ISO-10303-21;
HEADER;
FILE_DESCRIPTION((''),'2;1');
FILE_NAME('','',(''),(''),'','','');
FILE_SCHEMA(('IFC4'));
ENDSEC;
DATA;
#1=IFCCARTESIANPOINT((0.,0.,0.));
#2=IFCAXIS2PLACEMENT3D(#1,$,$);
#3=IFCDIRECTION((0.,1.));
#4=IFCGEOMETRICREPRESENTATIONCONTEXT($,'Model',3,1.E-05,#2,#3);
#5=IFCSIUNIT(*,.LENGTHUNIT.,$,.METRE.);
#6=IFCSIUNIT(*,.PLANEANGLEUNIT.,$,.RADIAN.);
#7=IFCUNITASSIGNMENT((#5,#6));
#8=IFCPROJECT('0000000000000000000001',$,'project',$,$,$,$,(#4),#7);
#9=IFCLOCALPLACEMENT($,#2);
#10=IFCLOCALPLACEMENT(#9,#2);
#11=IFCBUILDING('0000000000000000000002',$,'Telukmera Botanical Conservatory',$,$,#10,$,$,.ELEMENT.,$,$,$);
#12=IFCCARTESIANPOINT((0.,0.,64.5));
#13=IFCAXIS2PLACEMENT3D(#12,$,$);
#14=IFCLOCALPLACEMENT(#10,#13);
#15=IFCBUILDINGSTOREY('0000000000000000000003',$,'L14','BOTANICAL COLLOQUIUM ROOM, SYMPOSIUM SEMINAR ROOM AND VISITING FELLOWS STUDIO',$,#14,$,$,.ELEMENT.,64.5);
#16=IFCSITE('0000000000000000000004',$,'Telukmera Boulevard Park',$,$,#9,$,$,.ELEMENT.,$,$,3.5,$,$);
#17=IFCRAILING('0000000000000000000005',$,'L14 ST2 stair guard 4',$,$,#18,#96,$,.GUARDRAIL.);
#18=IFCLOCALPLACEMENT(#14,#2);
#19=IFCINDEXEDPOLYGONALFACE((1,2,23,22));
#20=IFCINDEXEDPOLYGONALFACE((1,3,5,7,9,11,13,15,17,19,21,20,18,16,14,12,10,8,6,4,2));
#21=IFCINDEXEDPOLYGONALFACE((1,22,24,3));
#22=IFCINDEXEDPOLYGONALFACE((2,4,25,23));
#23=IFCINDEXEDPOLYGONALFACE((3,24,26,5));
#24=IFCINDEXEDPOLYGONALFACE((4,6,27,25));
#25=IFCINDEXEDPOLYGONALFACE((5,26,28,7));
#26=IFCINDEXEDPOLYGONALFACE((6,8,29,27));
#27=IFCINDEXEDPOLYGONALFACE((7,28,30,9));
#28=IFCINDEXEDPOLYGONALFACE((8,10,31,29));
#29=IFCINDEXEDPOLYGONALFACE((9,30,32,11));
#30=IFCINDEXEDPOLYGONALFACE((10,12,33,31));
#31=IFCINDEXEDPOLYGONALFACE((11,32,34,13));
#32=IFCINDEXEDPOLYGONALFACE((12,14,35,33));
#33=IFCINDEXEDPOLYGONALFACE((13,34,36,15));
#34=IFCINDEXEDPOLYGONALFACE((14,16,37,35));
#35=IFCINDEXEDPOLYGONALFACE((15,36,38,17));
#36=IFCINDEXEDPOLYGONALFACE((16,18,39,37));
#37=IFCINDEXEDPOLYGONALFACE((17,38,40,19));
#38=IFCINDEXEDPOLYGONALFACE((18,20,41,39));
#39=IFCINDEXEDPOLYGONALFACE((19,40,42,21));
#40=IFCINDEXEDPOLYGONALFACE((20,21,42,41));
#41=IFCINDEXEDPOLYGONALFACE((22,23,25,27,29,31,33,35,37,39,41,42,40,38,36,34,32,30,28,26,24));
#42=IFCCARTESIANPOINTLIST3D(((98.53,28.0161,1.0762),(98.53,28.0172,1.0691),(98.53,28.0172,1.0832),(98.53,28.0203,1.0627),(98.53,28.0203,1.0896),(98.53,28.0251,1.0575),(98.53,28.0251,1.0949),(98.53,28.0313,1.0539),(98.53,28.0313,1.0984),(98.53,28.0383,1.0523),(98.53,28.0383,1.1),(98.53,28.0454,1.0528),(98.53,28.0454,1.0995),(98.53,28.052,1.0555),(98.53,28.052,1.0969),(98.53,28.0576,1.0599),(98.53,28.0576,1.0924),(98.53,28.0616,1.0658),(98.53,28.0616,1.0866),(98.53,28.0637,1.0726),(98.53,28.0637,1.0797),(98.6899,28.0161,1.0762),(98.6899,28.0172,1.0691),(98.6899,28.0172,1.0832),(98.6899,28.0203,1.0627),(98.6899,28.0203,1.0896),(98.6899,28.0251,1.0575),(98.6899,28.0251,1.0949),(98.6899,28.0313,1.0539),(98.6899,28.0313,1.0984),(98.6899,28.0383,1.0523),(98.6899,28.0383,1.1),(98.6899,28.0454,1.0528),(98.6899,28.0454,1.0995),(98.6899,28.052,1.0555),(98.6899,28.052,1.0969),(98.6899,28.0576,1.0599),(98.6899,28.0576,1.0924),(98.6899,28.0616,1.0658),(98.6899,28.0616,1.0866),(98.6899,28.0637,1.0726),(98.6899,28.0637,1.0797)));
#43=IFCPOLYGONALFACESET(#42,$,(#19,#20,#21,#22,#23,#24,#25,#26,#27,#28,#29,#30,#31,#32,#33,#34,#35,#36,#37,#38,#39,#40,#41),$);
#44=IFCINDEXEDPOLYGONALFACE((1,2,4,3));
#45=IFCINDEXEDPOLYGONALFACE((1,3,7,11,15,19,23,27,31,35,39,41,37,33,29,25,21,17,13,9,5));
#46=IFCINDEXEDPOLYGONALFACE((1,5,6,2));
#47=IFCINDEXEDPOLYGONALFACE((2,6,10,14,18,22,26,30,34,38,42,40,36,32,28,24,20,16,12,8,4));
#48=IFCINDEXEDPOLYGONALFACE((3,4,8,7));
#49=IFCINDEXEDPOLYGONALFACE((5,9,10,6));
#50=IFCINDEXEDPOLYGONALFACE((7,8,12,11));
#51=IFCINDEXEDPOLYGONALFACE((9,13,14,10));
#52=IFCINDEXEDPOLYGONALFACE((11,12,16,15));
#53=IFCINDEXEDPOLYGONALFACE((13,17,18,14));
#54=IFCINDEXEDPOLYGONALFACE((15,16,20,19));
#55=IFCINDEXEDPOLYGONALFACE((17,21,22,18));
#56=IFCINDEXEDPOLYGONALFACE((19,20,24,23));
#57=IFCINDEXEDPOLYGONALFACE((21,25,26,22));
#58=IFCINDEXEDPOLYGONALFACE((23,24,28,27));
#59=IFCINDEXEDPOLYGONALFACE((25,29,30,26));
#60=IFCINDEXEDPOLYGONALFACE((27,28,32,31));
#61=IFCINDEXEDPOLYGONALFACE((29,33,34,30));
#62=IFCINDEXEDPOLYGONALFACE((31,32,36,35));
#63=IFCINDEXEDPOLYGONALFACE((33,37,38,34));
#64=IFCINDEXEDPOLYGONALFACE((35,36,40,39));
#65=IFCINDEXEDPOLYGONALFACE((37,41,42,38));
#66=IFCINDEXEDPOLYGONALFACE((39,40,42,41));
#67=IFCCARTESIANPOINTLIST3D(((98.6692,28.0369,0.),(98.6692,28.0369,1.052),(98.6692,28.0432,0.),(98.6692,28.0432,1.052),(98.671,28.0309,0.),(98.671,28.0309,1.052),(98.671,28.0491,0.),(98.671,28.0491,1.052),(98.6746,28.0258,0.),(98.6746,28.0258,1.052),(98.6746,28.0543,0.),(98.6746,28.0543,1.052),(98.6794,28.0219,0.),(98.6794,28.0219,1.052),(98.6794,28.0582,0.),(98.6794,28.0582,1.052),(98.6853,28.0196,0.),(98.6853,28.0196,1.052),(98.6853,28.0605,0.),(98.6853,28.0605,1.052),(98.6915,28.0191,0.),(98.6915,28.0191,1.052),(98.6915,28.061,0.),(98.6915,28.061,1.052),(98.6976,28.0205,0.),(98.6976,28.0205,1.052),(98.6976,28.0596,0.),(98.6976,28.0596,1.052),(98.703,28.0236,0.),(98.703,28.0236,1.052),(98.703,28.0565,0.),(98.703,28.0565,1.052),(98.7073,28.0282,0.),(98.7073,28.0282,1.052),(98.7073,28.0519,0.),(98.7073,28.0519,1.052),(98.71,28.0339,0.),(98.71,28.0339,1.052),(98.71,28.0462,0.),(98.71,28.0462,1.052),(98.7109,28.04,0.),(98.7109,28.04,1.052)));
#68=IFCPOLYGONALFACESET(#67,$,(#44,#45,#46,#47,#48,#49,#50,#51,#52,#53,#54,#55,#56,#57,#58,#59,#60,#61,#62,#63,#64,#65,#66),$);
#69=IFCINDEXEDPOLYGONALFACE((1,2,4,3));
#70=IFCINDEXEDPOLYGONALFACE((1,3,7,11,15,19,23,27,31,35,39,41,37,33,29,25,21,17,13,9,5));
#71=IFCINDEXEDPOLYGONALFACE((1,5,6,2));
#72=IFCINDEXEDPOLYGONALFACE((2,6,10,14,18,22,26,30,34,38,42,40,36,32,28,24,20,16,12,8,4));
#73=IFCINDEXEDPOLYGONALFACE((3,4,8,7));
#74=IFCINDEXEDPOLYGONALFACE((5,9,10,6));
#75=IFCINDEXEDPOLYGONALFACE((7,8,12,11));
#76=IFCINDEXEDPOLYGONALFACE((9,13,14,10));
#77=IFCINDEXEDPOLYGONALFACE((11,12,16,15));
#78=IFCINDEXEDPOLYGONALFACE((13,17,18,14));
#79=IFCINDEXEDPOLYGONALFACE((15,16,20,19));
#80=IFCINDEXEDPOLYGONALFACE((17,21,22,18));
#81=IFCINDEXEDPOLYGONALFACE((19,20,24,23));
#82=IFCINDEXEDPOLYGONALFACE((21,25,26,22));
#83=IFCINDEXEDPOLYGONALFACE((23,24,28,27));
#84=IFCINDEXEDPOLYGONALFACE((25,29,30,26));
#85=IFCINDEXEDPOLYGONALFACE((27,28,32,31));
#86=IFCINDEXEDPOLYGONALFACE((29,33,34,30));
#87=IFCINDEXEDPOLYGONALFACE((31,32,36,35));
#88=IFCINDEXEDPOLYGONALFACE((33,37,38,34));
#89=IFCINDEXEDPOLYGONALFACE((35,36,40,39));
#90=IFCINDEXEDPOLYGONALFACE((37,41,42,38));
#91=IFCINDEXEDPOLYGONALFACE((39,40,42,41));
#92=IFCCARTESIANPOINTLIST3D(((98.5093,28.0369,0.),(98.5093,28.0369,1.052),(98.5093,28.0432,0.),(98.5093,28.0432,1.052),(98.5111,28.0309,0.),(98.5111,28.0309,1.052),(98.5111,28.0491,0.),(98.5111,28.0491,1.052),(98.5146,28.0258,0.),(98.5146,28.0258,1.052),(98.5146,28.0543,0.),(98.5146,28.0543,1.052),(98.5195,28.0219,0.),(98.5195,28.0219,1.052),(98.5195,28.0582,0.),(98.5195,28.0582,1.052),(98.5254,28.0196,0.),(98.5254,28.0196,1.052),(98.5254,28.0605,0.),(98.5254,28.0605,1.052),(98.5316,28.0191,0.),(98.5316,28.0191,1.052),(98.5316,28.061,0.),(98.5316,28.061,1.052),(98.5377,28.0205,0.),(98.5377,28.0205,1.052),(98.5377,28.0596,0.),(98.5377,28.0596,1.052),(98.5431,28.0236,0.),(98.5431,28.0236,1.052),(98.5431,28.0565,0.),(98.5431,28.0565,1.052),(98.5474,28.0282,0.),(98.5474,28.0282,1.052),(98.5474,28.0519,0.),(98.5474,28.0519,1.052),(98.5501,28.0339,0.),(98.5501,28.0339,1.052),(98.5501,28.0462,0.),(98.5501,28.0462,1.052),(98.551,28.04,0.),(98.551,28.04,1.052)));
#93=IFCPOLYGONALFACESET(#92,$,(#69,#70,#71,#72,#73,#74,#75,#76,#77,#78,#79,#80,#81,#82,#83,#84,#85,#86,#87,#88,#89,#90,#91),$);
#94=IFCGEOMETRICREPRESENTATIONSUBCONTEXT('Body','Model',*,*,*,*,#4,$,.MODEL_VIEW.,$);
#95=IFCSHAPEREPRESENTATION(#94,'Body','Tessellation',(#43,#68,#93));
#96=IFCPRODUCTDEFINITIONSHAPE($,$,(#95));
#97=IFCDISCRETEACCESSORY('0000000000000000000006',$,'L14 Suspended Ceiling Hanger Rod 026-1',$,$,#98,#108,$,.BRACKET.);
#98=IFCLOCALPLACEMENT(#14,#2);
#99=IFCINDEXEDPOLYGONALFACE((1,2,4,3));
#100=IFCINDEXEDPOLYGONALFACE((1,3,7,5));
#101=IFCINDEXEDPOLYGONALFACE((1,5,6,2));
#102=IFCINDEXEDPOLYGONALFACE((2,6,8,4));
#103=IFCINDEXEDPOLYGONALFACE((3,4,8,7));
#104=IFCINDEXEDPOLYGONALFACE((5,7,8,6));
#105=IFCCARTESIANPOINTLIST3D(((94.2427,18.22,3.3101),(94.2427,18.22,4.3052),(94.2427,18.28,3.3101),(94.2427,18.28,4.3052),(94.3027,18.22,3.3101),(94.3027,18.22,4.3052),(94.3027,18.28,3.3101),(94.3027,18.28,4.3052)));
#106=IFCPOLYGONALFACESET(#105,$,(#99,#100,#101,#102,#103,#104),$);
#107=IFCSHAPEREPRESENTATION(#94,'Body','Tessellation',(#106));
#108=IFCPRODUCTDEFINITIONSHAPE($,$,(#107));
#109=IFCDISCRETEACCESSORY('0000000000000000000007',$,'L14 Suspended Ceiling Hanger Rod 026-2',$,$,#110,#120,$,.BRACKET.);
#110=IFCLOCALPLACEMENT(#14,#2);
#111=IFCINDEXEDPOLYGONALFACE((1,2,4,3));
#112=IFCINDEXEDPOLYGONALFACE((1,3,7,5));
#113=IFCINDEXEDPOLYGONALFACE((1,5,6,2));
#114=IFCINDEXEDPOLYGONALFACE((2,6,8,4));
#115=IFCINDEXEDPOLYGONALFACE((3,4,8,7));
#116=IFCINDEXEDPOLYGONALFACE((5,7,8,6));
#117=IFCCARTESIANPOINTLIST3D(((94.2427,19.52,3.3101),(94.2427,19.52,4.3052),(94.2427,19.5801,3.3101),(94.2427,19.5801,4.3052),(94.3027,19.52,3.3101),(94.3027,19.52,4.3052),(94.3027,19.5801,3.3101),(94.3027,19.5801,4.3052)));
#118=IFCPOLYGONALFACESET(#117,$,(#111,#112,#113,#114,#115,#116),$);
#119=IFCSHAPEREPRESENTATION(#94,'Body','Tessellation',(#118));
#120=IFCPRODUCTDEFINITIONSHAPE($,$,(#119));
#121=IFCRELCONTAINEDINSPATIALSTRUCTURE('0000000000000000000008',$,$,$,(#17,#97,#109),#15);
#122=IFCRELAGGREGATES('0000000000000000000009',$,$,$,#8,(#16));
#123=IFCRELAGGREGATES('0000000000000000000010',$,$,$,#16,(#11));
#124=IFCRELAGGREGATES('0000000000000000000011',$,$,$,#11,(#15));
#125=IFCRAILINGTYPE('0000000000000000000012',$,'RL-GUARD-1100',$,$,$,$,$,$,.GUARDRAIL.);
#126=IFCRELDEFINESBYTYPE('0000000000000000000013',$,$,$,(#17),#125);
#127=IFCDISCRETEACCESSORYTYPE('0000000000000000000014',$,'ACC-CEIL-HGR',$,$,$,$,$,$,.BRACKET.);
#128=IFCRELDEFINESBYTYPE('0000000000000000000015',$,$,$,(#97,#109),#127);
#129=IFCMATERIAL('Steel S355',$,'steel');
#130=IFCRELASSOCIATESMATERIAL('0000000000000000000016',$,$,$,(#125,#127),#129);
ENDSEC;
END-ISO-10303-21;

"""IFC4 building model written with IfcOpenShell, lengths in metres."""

from ifc_helpers import new_model, si_unit, direction, frame, origin, origin_2d, place, context, subcontext, project, spatial, rectangle, circle, extrude, material, type_object, element, save


model = new_model("IFC4")

# Units and contexts
model_context = context("Model", 3, precision=1e-05, world=origin(), true_north=direction((0.0, 1.0)))
body_context = subcontext(model_context, "Body", "Model", "MODEL_VIEW")
ifc_project = project(units=[si_unit("LENGTHUNIT", "METRE"), si_unit("PLANEANGLEUNIT", "RADIAN")], contexts=[model_context])

# Site, building, storey
site_placement = place(None, origin())
site = spatial("IfcSite", under=ifc_project, at=site_placement, Name="Telukmera Boulevard Park", CompositionType="ELEMENT", RefElevation=3.5)
building_placement = place(site_placement, origin())
building = spatial("IfcBuilding", under=site, at=building_placement, Name="Telukmera Botanical Conservatory", CompositionType="ELEMENT")
storey_placement = place(building_placement, frame((0.0, 0.0, 64.5)))
storey = spatial("IfcBuildingStorey", under=building, at=storey_placement, Name="L14", Description="BOTANICAL COLLOQUIUM ROOM, SYMPOSIUM SEMINAR ROOM AND VISITING FELLOWS STUDIO", CompositionType="ELEMENT", Elevation=64.5)

# Railing
ifc_material_1 = material(Name="Steel S355", Category="steel")
railing_type = type_object("IfcRailingType", Name="RL-GUARD-1100", PredefinedType="GUARDRAIL", material=ifc_material_1)
railing_placement = place(storey_placement, frame((98.6899, 28.04, 0.0)))
element("IfcRailing", 1, at=railing_placement, inside=storey, type_object=railing_type, Name="L14 ST2 stair guard 4", PredefinedType="GUARDRAIL", context=body_context, shape_type="SweptSolid", body=[
    extrude(circle(Radius=0.0239, at=origin_2d()), frame((0.0, 0.0, 1.0762), z_axis=(-1.0, 0.0, 0.0), x_axis=(0.0, -1.0, 0.0)), (0.0, 0.0, 1.0), 0.1599),
    extrude(circle(Radius=0.021, at=origin_2d()), origin(), (0.0, 0.0, 1.0), 1.052),
    extrude(circle(Radius=0.021, at=origin_2d()), frame((-0.1599, 0.0, 0.0)), (0.0, 0.0, 1.0), 1.052),
])

# Discrete accessories
discrete_accessory_type = type_object("IfcDiscreteAccessoryType", Name="ACC-CEIL-HGR", PredefinedType="BRACKET", material=ifc_material_1)
for number, where, z_axis, x_axis, name in (
    (2, (94.2727, 18.25, 3.3101), (0.0, 0.0, 1.0), (1.0, 0.0, 0.0), "L14 Suspended Ceiling Hanger Rod 026-1"),
    (3, (94.2727, 19.55, 3.3101), (0.0, 0.0, 1.0), (1.0, 0.0, 0.0), "L14 Suspended Ceiling Hanger Rod 026-2"),
):
    element("IfcDiscreteAccessory", number, at=place(storey_placement, frame(where, z_axis=z_axis, x_axis=x_axis)), inside=storey, type_object=discrete_accessory_type, Name=name, PredefinedType="BRACKET", context=body_context, shape_type="SweptSolid", body=[
        extrude(rectangle(XDim=0.0601, YDim=0.0601, at=origin_2d()), origin(), (0.0, 0.0, 1.0), 0.9951),
    ])

save(model, "model.ifc")
